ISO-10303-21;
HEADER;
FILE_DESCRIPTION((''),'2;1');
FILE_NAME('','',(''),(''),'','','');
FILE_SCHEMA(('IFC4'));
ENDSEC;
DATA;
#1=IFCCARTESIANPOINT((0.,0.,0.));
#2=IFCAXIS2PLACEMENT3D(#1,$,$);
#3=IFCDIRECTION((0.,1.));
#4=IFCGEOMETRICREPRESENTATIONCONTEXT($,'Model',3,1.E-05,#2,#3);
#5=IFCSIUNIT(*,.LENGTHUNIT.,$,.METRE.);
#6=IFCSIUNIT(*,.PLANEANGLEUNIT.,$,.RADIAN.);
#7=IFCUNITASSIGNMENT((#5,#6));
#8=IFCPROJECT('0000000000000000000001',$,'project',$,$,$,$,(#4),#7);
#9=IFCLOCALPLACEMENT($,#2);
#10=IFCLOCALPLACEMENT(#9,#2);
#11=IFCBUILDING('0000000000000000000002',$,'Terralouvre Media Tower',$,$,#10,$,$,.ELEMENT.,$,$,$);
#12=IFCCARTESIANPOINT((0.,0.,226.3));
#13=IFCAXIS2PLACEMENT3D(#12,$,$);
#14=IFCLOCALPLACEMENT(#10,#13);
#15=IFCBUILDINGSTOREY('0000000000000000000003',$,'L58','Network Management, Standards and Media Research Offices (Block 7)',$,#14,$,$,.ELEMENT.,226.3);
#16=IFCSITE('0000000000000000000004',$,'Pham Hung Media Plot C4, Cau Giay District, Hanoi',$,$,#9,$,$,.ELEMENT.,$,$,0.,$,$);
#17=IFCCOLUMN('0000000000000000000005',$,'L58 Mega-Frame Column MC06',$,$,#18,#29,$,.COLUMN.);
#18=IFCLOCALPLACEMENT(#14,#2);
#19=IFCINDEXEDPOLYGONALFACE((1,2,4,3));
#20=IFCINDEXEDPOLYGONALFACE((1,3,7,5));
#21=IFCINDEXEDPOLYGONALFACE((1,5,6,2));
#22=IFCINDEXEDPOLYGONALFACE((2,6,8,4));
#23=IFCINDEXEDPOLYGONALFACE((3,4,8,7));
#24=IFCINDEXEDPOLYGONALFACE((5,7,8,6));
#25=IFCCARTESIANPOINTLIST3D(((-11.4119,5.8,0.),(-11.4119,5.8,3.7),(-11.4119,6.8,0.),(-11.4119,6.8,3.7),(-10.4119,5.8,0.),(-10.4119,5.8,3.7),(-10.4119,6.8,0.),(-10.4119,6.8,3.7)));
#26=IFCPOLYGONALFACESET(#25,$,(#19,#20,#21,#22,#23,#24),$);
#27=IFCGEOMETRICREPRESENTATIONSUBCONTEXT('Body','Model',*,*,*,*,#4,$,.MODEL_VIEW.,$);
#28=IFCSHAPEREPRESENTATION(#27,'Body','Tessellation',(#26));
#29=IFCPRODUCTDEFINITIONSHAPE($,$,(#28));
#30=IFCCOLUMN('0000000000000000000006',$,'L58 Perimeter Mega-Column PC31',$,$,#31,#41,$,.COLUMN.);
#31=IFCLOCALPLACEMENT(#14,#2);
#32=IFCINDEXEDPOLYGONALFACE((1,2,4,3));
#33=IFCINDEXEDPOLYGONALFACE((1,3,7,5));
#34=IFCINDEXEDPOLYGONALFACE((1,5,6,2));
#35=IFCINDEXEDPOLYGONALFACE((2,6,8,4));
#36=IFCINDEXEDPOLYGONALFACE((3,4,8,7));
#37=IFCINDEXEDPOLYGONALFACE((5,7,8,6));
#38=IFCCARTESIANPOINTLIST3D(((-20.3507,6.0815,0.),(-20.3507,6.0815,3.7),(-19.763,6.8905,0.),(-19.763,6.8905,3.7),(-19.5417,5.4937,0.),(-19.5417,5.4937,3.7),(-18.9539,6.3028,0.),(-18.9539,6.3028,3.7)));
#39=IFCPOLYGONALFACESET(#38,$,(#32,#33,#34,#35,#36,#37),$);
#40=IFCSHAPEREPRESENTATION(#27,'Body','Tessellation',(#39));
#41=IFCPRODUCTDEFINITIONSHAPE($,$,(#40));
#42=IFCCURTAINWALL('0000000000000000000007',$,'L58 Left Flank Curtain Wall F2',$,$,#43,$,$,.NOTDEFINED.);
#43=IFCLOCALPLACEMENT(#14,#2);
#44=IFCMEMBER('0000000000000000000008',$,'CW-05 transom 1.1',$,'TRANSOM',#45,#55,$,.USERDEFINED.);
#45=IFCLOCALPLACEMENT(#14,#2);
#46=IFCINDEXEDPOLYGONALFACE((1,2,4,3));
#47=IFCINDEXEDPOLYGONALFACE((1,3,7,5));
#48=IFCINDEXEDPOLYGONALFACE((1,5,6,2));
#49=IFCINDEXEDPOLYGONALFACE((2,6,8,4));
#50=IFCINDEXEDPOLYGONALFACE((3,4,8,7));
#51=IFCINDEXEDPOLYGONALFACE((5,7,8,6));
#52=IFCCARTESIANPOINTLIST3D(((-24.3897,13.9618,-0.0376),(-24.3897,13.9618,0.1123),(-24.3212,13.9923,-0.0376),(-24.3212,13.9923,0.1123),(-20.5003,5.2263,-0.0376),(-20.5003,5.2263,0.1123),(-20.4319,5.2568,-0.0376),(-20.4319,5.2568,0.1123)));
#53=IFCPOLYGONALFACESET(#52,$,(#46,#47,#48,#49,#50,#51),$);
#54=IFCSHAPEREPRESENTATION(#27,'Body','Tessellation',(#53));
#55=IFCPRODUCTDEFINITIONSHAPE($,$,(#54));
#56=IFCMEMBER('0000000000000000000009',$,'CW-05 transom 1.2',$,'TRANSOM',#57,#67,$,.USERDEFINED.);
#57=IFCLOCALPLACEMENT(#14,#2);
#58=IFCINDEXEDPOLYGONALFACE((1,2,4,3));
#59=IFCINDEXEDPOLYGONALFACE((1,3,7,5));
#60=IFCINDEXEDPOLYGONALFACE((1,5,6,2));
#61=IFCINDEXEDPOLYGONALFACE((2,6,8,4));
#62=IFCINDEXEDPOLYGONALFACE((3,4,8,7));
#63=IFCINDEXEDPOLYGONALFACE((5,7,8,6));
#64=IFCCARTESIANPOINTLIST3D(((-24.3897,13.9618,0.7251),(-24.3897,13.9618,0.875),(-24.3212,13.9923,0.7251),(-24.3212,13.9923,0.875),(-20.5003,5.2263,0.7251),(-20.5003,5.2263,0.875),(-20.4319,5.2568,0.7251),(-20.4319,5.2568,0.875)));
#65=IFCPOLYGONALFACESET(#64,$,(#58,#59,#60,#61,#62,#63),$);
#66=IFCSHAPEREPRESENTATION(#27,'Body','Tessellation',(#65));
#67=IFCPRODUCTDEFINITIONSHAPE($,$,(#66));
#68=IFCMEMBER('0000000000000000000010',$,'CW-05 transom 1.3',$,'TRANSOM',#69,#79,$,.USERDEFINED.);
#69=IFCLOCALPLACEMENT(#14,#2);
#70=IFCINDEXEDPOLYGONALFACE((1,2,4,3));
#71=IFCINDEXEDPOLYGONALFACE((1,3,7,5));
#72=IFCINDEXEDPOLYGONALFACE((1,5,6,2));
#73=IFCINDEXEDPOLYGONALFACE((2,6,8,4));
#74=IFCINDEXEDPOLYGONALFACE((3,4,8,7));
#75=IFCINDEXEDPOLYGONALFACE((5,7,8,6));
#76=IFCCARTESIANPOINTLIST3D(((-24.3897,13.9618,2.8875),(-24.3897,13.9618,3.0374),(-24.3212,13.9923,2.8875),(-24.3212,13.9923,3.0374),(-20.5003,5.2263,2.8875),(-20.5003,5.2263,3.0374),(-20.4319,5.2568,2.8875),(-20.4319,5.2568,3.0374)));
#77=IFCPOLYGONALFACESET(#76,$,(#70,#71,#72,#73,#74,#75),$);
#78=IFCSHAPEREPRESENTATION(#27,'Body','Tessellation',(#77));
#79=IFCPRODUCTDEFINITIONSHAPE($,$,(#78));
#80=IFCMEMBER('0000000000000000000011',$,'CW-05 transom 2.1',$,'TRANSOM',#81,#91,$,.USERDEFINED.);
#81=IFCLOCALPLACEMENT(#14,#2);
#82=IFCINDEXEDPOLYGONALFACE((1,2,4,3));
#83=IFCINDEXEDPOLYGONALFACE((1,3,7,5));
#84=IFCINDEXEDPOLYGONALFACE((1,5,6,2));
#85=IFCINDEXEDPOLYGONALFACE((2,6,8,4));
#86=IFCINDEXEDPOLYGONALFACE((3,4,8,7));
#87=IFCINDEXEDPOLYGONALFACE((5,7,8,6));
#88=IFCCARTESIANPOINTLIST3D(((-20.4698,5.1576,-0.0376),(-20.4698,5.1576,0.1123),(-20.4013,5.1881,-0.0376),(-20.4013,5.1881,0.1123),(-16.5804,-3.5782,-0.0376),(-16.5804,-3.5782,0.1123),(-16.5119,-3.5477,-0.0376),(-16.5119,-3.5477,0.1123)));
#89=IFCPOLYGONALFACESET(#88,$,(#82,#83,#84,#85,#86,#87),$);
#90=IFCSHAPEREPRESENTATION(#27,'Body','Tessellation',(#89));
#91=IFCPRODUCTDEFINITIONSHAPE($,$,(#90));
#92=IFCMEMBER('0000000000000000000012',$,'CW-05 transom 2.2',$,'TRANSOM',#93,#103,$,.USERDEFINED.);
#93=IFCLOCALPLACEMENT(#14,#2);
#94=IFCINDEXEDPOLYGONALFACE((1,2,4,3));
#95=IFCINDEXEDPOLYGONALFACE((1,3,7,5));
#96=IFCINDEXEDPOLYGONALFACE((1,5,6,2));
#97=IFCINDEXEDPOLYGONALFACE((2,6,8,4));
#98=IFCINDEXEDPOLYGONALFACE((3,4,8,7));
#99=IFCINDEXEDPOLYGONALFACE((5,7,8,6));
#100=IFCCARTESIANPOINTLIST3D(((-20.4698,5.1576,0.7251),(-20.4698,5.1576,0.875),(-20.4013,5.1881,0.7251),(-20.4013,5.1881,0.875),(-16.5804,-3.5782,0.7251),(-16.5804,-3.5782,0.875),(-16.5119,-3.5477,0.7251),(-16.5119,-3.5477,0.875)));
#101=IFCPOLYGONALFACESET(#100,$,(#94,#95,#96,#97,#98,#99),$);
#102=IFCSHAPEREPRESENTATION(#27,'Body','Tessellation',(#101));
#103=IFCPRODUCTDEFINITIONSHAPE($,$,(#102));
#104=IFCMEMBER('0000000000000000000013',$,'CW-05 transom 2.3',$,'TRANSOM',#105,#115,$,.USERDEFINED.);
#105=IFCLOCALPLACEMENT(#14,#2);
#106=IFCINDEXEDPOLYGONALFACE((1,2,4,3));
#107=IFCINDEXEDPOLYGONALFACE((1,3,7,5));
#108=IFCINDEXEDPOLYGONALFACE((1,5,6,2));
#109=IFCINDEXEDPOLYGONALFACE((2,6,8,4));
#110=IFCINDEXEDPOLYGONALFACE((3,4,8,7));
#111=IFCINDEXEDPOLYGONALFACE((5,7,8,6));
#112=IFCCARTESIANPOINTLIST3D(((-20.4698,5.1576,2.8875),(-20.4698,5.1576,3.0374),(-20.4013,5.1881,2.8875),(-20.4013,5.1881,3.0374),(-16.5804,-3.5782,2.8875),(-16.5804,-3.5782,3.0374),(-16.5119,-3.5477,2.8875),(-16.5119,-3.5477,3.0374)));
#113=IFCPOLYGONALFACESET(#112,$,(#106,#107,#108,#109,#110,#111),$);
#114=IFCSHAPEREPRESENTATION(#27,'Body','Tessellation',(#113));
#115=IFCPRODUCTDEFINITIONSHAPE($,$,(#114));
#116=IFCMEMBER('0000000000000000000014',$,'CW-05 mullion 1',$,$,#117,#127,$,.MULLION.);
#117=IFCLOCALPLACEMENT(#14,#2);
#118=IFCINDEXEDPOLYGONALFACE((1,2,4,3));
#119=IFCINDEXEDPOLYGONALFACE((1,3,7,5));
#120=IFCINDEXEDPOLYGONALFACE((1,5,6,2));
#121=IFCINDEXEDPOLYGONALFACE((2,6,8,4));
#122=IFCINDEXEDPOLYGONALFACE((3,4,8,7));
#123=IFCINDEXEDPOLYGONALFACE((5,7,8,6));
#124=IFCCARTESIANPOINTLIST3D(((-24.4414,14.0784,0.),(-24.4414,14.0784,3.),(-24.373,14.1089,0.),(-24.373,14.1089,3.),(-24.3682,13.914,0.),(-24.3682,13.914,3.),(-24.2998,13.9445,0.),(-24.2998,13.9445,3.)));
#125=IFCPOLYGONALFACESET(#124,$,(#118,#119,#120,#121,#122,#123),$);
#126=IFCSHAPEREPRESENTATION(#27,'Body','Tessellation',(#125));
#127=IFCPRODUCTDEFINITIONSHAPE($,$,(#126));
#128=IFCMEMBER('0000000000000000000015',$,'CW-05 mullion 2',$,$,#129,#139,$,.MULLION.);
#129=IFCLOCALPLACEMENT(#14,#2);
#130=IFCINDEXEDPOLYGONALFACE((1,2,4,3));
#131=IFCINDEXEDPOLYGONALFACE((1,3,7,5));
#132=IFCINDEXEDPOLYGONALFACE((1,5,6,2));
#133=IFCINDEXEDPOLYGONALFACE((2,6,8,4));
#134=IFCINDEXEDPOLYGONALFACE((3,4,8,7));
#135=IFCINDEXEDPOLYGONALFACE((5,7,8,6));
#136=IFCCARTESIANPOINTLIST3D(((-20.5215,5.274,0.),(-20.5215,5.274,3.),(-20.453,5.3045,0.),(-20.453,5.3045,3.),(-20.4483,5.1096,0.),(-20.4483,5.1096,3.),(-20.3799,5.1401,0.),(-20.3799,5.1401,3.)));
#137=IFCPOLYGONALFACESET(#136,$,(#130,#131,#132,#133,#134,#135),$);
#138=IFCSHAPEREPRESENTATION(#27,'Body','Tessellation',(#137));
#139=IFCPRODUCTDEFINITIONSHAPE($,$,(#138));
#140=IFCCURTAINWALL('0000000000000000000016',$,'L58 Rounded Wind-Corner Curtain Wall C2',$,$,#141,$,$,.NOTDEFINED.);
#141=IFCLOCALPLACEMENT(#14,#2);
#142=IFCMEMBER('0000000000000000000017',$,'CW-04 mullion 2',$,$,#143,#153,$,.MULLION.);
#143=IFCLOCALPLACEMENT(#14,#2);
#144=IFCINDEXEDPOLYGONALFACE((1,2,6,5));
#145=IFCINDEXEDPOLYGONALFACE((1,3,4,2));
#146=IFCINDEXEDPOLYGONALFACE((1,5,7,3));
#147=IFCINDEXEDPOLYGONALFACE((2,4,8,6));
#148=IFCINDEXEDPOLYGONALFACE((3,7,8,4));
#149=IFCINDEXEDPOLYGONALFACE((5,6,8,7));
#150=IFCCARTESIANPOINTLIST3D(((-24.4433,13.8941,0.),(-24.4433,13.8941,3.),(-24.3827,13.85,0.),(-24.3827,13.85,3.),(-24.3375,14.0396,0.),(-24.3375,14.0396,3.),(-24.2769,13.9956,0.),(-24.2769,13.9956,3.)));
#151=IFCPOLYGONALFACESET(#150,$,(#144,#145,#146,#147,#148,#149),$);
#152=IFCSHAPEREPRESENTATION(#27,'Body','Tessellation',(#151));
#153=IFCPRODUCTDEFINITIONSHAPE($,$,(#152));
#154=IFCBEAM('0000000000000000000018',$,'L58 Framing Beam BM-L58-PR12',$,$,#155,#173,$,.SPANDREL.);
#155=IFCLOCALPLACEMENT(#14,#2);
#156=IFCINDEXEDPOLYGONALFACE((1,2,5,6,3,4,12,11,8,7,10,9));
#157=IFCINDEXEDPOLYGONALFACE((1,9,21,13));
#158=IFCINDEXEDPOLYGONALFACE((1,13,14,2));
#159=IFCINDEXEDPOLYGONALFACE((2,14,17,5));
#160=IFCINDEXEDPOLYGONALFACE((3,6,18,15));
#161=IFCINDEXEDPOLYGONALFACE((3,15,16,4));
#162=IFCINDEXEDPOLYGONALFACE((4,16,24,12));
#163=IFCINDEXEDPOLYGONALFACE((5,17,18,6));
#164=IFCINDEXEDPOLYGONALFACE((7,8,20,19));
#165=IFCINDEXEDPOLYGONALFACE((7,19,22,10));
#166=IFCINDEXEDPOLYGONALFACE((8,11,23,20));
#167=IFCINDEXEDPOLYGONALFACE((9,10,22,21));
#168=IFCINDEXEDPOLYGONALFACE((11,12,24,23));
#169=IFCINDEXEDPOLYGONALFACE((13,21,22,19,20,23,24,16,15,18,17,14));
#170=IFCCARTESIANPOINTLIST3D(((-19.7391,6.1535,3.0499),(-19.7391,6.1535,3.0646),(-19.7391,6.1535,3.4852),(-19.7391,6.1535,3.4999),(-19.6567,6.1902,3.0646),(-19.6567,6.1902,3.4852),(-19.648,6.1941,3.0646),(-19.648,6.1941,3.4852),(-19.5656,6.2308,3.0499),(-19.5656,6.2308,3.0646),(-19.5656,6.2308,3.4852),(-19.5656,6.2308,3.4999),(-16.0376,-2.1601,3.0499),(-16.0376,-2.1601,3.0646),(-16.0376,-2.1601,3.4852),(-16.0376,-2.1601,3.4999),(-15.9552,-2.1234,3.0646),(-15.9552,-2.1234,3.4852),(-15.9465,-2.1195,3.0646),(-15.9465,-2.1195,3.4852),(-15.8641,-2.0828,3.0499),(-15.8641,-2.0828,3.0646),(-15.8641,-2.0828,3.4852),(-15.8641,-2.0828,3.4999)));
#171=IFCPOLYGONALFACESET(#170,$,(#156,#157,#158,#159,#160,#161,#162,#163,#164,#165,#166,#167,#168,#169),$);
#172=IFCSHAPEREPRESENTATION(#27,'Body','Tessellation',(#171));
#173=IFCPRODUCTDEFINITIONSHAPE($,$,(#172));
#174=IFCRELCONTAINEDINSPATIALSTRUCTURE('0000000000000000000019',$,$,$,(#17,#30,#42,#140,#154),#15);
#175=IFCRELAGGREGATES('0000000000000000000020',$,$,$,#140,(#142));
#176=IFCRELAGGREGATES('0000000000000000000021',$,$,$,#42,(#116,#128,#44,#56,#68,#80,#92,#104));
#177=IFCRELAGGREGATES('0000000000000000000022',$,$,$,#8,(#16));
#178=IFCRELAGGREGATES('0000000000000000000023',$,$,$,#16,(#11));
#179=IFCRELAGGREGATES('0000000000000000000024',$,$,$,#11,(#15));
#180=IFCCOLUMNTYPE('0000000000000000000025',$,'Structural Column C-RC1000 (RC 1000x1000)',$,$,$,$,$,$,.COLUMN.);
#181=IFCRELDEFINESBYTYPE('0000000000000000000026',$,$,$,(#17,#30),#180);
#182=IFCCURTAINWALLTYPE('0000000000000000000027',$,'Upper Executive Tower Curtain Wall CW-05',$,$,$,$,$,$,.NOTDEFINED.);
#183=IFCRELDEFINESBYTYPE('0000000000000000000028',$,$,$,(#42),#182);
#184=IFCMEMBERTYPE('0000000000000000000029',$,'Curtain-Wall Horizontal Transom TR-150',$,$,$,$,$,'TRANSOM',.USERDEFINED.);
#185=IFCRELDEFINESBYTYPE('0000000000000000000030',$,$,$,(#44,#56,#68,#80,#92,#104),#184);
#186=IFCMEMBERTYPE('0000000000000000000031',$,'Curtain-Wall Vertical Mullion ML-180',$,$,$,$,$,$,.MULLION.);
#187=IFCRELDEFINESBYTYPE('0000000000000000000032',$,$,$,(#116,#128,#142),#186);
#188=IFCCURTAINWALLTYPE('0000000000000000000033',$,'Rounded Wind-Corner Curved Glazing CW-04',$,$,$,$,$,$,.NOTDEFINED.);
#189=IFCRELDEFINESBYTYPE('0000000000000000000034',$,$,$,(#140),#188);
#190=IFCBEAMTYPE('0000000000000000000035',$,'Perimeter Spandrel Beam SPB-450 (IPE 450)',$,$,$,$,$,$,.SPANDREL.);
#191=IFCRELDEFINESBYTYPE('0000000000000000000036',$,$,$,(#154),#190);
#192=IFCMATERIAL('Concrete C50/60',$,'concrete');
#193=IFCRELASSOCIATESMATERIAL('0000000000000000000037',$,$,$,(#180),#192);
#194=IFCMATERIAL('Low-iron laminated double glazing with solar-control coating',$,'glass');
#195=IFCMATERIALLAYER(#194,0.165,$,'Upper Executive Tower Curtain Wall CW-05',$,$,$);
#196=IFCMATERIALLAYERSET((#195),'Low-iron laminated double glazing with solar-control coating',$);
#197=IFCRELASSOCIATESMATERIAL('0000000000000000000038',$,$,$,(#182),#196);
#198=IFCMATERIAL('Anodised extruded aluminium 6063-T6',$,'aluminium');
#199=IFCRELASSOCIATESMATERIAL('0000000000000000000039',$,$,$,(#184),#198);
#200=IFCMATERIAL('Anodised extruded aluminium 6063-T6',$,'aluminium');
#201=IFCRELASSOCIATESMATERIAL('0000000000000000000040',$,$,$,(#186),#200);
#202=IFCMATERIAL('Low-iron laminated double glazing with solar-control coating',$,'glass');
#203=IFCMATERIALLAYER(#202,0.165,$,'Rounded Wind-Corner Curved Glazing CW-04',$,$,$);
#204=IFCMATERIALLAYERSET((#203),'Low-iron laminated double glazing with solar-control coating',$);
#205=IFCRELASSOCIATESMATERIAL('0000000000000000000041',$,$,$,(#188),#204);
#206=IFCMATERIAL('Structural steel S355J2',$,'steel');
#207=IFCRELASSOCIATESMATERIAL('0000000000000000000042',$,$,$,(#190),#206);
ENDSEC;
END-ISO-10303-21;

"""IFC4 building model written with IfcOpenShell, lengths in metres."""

from ifc_helpers import new_model, si_unit, direction, frame, origin, origin_2d, place, context, subcontext, project, spatial, rectangle, i_section, extrude, material, layer, layer_set, material_profile, profile_set, type_object, element, aggregate, save


model = new_model("IFC4")

# Units and contexts
model_context = context("Model", 3, precision=1e-05, world=origin(), true_north=direction((0.0, 1.0)))
body_context = subcontext(model_context, "Body", "Model", "MODEL_VIEW")
ifc_project = project(units=[si_unit("LENGTHUNIT", "METRE"), si_unit("PLANEANGLEUNIT", "RADIAN")], contexts=[model_context])

# Site, building, storey
site_placement = place(None, origin())
site = spatial("IfcSite", under=ifc_project, at=site_placement, Name="Pham Hung Media Plot C4, Cau Giay District, Hanoi", CompositionType="ELEMENT", RefElevation=0.0)
building_placement = place(site_placement, origin())
building = spatial("IfcBuilding", under=site, at=building_placement, Name="Terralouvre Media Tower", CompositionType="ELEMENT")
storey_placement = place(building_placement, frame((0.0, 0.0, 226.3)))
storey = spatial("IfcBuildingStorey", under=building, at=storey_placement, Name="L58", Description="Network Management, Standards and Media Research Offices (Block 7)", CompositionType="ELEMENT", Elevation=226.3)

# Columns
ifc_material_1 = material(Name="Concrete C50/60", Category="concrete")
ifc_material_profile_1 = material_profile(ifc_material_1, rectangle(XDim=1.0, YDim=1.0, at=origin_2d()), Name="RC 1000x1000")
ifc_profile_set_1 = profile_set([ifc_material_profile_1], Name="Concrete C50/60")
column_type = type_object("IfcColumnType", Name="Structural Column C-RC1000 (RC 1000x1000)", PredefinedType="COLUMN", material=ifc_profile_set_1)
for number, where, z_axis, x_axis, name in (
    (1, (-10.9119, 6.3, 0.0), (0.0, 0.0, 1.0), (1.0, 0.0, 0.0), "L58 Mega-Frame Column MC06"),
    (2, (-19.6523, 6.1921, 0.0), (0.0, 0.0, 1.0), (0.587785, 0.809017, 0.0), "L58 Perimeter Mega-Column PC31"),
):
    element("IfcColumn", number, at=place(storey_placement, frame(where, z_axis=z_axis, x_axis=x_axis)), inside=storey, type_object=column_type, Name=name, PredefinedType="COLUMN", context=body_context, shape_type="SweptSolid", body=[
        extrude(rectangle(XDim=1.0, YDim=1.0, at=origin_2d()), origin(), (0.0, 0.0, 1.0), 3.7),
    ])

# Curtain wall, members
ifc_material_2 = material(Name="Low-iron laminated double glazing with solar-control coating", Category="glass")
ifc_layer_1 = layer(ifc_material_2, 0.165, Name="Upper Executive Tower Curtain Wall CW-05")
ifc_layer_set_1 = layer_set([ifc_layer_1], Name="Low-iron laminated double glazing with solar-control coating")
curtain_wall_type_1 = type_object("IfcCurtainWallType", Name="Upper Executive Tower Curtain Wall CW-05", PredefinedType="NOTDEFINED", material=ifc_layer_set_1)
curtain_wall_1_placement = place(storey_placement, origin())
curtain_wall_1 = element("IfcCurtainWall", 3, at=curtain_wall_1_placement, inside=storey, type_object=curtain_wall_type_1, Name="L58 Left Flank Curtain Wall F2", PredefinedType="NOTDEFINED")
ifc_material_3 = material(Name="Anodised extruded aluminium 6063-T6", Category="aluminium")
ifc_material_profile_2 = material_profile(ifc_material_3, rectangle(XDim=0.075, YDim=0.1499, at=origin_2d()), Name="ALU 75x150")
ifc_profile_set_2 = profile_set([ifc_material_profile_2], Name="Anodised extruded aluminium 6063-T6")
member_type_1 = type_object("IfcMemberType", Name="Curtain-Wall Horizontal Transom TR-150", ElementType="TRANSOM", PredefinedType="USERDEFINED", material=ifc_profile_set_2)
member_1_placement = place(storey_placement, frame((-24.3555, 13.9771, 0.0374), z_axis=(0.406742, -0.913543, 0.0), x_axis=(0.913543, 0.406742, 0.0)))
member_1 = element("IfcMember", 4, at=member_1_placement, type_object=member_type_1, Name="CW-05 transom 1.1", ObjectType="TRANSOM", PredefinedType="USERDEFINED", context=body_context, shape_type="SweptSolid", body=[
    extrude(rectangle(XDim=0.075, YDim=0.1499, at=origin_2d()), origin(), (0.0, 0.0, 1.0), 9.5623),
])
member_2_placement = place(storey_placement, frame((-24.3555, 13.9771, 0.8), z_axis=(0.406742, -0.913543, 0.0), x_axis=(0.913543, 0.406742, 0.0)))
member_2 = element("IfcMember", 5, at=member_2_placement, type_object=member_type_1, Name="CW-05 transom 1.2", ObjectType="TRANSOM", PredefinedType="USERDEFINED", context=body_context, shape_type="SweptSolid", body=[
    extrude(rectangle(XDim=0.075, YDim=0.1499, at=origin_2d()), origin(), (0.0, 0.0, 1.0), 9.5623),
])
member_3_placement = place(storey_placement, frame((-24.3555, 13.9771, 2.9624), z_axis=(0.406742, -0.913543, 0.0), x_axis=(0.913543, 0.406742, 0.0)))
member_3 = element("IfcMember", 6, at=member_3_placement, type_object=member_type_1, Name="CW-05 transom 1.3", ObjectType="TRANSOM", PredefinedType="USERDEFINED", context=body_context, shape_type="SweptSolid", body=[
    extrude(rectangle(XDim=0.075, YDim=0.1499, at=origin_2d()), origin(), (0.0, 0.0, 1.0), 9.5623),
])
member_4_placement = place(storey_placement, frame((-20.4355, 5.1729, 0.0374), z_axis=(0.406733, -0.913547, 0.0), x_axis=(0.913547, 0.406733, 0.0)))
member_4 = element("IfcMember", 7, at=member_4_placement, type_object=member_type_1, Name="CW-05 transom 2.1", ObjectType="TRANSOM", PredefinedType="USERDEFINED", context=body_context, shape_type="SweptSolid", body=[
    extrude(rectangle(XDim=0.075, YDim=0.1499, at=origin_2d()), origin(), (0.0, 0.0, 1.0), 9.5625),
])
member_5_placement = place(storey_placement, frame((-20.4355, 5.1729, 0.8), z_axis=(0.406733, -0.913547, 0.0), x_axis=(0.913547, 0.406733, 0.0)))
member_5 = element("IfcMember", 8, at=member_5_placement, type_object=member_type_1, Name="CW-05 transom 2.2", ObjectType="TRANSOM", PredefinedType="USERDEFINED", context=body_context, shape_type="SweptSolid", body=[
    extrude(rectangle(XDim=0.075, YDim=0.1499, at=origin_2d()), origin(), (0.0, 0.0, 1.0), 9.5625),
])
member_6_placement = place(storey_placement, frame((-20.4355, 5.1729, 2.9624), z_axis=(0.406733, -0.913547, 0.0), x_axis=(0.913547, 0.406733, 0.0)))
member_6 = element("IfcMember", 9, at=member_6_placement, type_object=member_type_1, Name="CW-05 transom 2.3", ObjectType="TRANSOM", PredefinedType="USERDEFINED", context=body_context, shape_type="SweptSolid", body=[
    extrude(rectangle(XDim=0.075, YDim=0.1499, at=origin_2d()), origin(), (0.0, 0.0, 1.0), 9.5625),
])
ifc_material_4 = material(Name="Anodised extruded aluminium 6063-T6", Category="aluminium")
ifc_material_profile_3 = material_profile(ifc_material_4, rectangle(XDim=0.075, YDim=0.1799, at=origin_2d()), Name="ALU 75x180")
ifc_profile_set_3 = profile_set([ifc_material_profile_3], Name="Anodised extruded aluminium 6063-T6")
member_type_2 = type_object("IfcMemberType", Name="Curtain-Wall Vertical Mullion ML-180", PredefinedType="MULLION", material=ifc_profile_set_3)
member_7_placement = place(storey_placement, frame((-24.3706, 14.0115, 0.0), z_axis=(0.0, 0.0, 1.0), x_axis=(0.913545, 0.406737, 0.0)))
member_7 = element("IfcMember", 10, at=member_7_placement, type_object=member_type_2, Name="CW-05 mullion 1", PredefinedType="MULLION", context=body_context, shape_type="SweptSolid", body=[
    extrude(rectangle(XDim=0.075, YDim=0.1799, at=origin_2d()), origin(), (0.0, 0.0, 1.0), 3.0),
])
member_8_placement = place(storey_placement, frame((-20.4507, 5.207, 0.0), z_axis=(0.0, 0.0, 1.0), x_axis=(0.913545, 0.406737, 0.0)))
member_8 = element("IfcMember", 11, at=member_8_placement, type_object=member_type_2, Name="CW-05 mullion 2", PredefinedType="MULLION", context=body_context, shape_type="SweptSolid", body=[
    extrude(rectangle(XDim=0.075, YDim=0.1799, at=origin_2d()), origin(), (0.0, 0.0, 1.0), 3.0),
])

# Curtain wall, member
ifc_material_5 = material(Name="Low-iron laminated double glazing with solar-control coating", Category="glass")
ifc_layer_2 = layer(ifc_material_5, 0.165, Name="Rounded Wind-Corner Curved Glazing CW-04")
ifc_layer_set_2 = layer_set([ifc_layer_2], Name="Low-iron laminated double glazing with solar-control coating")
curtain_wall_type_2 = type_object("IfcCurtainWallType", Name="Rounded Wind-Corner Curved Glazing CW-04", PredefinedType="NOTDEFINED", material=ifc_layer_set_2)
curtain_wall_2_placement = place(storey_placement, origin())
curtain_wall_2 = element("IfcCurtainWall", 12, at=curtain_wall_2_placement, inside=storey, type_object=curtain_wall_type_2, Name="L58 Rounded Wind-Corner Curtain Wall C2", PredefinedType="NOTDEFINED")
member_9_placement = place(storey_placement, frame((-24.3601, 13.9448, 0.0), z_axis=(0.0, 0.0, 1.0), x_axis=(0.809017, -0.587786, 0.0)))
member_9 = element("IfcMember", 13, at=member_9_placement, type_object=member_type_2, Name="CW-04 mullion 2", PredefinedType="MULLION", context=body_context, shape_type="SweptSolid", body=[
    extrude(rectangle(XDim=0.075, YDim=0.1799, at=origin_2d()), origin(), (0.0, 0.0, 1.0), 3.0),
])
aggregate(curtain_wall_2, [member_9])

# Beam
ifc_material_6 = material(Name="Structural steel S355J2", Category="steel")
ifc_material_profile_4 = material_profile(ifc_material_6, i_section(OverallWidth=0.1899, OverallDepth=0.45, WebThickness=0.0095, FlangeThickness=0.0146, at=origin_2d()), Name="IPE 450")
ifc_profile_set_4 = profile_set([ifc_material_profile_4], Name="Structural steel S355J2")
beam_type_1 = type_object("IfcBeamType", Name="Perimeter Spandrel Beam SPB-450 (IPE 450)", PredefinedType="SPANDREL", material=ifc_profile_set_4)
beam_1_placement = place(storey_placement, frame((-19.6523, 6.1921, 3.2749), z_axis=(0.406738, -0.913545, 0.0), x_axis=(0.913545, 0.406738, 0.0)))
element("IfcBeam", 14, at=beam_1_placement, inside=storey, type_object=beam_type_1, Name="L58 Framing Beam BM-L58-PR12", PredefinedType="SPANDREL", context=body_context, shape_type="SweptSolid", body=[
    extrude(i_section(OverallWidth=0.1899, OverallDepth=0.45, WebThickness=0.0095, FlangeThickness=0.0146, at=origin_2d()), origin(), (0.0, 0.0, 1.0), 9.1003),
])

aggregate(curtain_wall_1, [member_7, member_8, member_1, member_2, member_3, member_4, member_5, member_6])

save(model, "model.ifc")
